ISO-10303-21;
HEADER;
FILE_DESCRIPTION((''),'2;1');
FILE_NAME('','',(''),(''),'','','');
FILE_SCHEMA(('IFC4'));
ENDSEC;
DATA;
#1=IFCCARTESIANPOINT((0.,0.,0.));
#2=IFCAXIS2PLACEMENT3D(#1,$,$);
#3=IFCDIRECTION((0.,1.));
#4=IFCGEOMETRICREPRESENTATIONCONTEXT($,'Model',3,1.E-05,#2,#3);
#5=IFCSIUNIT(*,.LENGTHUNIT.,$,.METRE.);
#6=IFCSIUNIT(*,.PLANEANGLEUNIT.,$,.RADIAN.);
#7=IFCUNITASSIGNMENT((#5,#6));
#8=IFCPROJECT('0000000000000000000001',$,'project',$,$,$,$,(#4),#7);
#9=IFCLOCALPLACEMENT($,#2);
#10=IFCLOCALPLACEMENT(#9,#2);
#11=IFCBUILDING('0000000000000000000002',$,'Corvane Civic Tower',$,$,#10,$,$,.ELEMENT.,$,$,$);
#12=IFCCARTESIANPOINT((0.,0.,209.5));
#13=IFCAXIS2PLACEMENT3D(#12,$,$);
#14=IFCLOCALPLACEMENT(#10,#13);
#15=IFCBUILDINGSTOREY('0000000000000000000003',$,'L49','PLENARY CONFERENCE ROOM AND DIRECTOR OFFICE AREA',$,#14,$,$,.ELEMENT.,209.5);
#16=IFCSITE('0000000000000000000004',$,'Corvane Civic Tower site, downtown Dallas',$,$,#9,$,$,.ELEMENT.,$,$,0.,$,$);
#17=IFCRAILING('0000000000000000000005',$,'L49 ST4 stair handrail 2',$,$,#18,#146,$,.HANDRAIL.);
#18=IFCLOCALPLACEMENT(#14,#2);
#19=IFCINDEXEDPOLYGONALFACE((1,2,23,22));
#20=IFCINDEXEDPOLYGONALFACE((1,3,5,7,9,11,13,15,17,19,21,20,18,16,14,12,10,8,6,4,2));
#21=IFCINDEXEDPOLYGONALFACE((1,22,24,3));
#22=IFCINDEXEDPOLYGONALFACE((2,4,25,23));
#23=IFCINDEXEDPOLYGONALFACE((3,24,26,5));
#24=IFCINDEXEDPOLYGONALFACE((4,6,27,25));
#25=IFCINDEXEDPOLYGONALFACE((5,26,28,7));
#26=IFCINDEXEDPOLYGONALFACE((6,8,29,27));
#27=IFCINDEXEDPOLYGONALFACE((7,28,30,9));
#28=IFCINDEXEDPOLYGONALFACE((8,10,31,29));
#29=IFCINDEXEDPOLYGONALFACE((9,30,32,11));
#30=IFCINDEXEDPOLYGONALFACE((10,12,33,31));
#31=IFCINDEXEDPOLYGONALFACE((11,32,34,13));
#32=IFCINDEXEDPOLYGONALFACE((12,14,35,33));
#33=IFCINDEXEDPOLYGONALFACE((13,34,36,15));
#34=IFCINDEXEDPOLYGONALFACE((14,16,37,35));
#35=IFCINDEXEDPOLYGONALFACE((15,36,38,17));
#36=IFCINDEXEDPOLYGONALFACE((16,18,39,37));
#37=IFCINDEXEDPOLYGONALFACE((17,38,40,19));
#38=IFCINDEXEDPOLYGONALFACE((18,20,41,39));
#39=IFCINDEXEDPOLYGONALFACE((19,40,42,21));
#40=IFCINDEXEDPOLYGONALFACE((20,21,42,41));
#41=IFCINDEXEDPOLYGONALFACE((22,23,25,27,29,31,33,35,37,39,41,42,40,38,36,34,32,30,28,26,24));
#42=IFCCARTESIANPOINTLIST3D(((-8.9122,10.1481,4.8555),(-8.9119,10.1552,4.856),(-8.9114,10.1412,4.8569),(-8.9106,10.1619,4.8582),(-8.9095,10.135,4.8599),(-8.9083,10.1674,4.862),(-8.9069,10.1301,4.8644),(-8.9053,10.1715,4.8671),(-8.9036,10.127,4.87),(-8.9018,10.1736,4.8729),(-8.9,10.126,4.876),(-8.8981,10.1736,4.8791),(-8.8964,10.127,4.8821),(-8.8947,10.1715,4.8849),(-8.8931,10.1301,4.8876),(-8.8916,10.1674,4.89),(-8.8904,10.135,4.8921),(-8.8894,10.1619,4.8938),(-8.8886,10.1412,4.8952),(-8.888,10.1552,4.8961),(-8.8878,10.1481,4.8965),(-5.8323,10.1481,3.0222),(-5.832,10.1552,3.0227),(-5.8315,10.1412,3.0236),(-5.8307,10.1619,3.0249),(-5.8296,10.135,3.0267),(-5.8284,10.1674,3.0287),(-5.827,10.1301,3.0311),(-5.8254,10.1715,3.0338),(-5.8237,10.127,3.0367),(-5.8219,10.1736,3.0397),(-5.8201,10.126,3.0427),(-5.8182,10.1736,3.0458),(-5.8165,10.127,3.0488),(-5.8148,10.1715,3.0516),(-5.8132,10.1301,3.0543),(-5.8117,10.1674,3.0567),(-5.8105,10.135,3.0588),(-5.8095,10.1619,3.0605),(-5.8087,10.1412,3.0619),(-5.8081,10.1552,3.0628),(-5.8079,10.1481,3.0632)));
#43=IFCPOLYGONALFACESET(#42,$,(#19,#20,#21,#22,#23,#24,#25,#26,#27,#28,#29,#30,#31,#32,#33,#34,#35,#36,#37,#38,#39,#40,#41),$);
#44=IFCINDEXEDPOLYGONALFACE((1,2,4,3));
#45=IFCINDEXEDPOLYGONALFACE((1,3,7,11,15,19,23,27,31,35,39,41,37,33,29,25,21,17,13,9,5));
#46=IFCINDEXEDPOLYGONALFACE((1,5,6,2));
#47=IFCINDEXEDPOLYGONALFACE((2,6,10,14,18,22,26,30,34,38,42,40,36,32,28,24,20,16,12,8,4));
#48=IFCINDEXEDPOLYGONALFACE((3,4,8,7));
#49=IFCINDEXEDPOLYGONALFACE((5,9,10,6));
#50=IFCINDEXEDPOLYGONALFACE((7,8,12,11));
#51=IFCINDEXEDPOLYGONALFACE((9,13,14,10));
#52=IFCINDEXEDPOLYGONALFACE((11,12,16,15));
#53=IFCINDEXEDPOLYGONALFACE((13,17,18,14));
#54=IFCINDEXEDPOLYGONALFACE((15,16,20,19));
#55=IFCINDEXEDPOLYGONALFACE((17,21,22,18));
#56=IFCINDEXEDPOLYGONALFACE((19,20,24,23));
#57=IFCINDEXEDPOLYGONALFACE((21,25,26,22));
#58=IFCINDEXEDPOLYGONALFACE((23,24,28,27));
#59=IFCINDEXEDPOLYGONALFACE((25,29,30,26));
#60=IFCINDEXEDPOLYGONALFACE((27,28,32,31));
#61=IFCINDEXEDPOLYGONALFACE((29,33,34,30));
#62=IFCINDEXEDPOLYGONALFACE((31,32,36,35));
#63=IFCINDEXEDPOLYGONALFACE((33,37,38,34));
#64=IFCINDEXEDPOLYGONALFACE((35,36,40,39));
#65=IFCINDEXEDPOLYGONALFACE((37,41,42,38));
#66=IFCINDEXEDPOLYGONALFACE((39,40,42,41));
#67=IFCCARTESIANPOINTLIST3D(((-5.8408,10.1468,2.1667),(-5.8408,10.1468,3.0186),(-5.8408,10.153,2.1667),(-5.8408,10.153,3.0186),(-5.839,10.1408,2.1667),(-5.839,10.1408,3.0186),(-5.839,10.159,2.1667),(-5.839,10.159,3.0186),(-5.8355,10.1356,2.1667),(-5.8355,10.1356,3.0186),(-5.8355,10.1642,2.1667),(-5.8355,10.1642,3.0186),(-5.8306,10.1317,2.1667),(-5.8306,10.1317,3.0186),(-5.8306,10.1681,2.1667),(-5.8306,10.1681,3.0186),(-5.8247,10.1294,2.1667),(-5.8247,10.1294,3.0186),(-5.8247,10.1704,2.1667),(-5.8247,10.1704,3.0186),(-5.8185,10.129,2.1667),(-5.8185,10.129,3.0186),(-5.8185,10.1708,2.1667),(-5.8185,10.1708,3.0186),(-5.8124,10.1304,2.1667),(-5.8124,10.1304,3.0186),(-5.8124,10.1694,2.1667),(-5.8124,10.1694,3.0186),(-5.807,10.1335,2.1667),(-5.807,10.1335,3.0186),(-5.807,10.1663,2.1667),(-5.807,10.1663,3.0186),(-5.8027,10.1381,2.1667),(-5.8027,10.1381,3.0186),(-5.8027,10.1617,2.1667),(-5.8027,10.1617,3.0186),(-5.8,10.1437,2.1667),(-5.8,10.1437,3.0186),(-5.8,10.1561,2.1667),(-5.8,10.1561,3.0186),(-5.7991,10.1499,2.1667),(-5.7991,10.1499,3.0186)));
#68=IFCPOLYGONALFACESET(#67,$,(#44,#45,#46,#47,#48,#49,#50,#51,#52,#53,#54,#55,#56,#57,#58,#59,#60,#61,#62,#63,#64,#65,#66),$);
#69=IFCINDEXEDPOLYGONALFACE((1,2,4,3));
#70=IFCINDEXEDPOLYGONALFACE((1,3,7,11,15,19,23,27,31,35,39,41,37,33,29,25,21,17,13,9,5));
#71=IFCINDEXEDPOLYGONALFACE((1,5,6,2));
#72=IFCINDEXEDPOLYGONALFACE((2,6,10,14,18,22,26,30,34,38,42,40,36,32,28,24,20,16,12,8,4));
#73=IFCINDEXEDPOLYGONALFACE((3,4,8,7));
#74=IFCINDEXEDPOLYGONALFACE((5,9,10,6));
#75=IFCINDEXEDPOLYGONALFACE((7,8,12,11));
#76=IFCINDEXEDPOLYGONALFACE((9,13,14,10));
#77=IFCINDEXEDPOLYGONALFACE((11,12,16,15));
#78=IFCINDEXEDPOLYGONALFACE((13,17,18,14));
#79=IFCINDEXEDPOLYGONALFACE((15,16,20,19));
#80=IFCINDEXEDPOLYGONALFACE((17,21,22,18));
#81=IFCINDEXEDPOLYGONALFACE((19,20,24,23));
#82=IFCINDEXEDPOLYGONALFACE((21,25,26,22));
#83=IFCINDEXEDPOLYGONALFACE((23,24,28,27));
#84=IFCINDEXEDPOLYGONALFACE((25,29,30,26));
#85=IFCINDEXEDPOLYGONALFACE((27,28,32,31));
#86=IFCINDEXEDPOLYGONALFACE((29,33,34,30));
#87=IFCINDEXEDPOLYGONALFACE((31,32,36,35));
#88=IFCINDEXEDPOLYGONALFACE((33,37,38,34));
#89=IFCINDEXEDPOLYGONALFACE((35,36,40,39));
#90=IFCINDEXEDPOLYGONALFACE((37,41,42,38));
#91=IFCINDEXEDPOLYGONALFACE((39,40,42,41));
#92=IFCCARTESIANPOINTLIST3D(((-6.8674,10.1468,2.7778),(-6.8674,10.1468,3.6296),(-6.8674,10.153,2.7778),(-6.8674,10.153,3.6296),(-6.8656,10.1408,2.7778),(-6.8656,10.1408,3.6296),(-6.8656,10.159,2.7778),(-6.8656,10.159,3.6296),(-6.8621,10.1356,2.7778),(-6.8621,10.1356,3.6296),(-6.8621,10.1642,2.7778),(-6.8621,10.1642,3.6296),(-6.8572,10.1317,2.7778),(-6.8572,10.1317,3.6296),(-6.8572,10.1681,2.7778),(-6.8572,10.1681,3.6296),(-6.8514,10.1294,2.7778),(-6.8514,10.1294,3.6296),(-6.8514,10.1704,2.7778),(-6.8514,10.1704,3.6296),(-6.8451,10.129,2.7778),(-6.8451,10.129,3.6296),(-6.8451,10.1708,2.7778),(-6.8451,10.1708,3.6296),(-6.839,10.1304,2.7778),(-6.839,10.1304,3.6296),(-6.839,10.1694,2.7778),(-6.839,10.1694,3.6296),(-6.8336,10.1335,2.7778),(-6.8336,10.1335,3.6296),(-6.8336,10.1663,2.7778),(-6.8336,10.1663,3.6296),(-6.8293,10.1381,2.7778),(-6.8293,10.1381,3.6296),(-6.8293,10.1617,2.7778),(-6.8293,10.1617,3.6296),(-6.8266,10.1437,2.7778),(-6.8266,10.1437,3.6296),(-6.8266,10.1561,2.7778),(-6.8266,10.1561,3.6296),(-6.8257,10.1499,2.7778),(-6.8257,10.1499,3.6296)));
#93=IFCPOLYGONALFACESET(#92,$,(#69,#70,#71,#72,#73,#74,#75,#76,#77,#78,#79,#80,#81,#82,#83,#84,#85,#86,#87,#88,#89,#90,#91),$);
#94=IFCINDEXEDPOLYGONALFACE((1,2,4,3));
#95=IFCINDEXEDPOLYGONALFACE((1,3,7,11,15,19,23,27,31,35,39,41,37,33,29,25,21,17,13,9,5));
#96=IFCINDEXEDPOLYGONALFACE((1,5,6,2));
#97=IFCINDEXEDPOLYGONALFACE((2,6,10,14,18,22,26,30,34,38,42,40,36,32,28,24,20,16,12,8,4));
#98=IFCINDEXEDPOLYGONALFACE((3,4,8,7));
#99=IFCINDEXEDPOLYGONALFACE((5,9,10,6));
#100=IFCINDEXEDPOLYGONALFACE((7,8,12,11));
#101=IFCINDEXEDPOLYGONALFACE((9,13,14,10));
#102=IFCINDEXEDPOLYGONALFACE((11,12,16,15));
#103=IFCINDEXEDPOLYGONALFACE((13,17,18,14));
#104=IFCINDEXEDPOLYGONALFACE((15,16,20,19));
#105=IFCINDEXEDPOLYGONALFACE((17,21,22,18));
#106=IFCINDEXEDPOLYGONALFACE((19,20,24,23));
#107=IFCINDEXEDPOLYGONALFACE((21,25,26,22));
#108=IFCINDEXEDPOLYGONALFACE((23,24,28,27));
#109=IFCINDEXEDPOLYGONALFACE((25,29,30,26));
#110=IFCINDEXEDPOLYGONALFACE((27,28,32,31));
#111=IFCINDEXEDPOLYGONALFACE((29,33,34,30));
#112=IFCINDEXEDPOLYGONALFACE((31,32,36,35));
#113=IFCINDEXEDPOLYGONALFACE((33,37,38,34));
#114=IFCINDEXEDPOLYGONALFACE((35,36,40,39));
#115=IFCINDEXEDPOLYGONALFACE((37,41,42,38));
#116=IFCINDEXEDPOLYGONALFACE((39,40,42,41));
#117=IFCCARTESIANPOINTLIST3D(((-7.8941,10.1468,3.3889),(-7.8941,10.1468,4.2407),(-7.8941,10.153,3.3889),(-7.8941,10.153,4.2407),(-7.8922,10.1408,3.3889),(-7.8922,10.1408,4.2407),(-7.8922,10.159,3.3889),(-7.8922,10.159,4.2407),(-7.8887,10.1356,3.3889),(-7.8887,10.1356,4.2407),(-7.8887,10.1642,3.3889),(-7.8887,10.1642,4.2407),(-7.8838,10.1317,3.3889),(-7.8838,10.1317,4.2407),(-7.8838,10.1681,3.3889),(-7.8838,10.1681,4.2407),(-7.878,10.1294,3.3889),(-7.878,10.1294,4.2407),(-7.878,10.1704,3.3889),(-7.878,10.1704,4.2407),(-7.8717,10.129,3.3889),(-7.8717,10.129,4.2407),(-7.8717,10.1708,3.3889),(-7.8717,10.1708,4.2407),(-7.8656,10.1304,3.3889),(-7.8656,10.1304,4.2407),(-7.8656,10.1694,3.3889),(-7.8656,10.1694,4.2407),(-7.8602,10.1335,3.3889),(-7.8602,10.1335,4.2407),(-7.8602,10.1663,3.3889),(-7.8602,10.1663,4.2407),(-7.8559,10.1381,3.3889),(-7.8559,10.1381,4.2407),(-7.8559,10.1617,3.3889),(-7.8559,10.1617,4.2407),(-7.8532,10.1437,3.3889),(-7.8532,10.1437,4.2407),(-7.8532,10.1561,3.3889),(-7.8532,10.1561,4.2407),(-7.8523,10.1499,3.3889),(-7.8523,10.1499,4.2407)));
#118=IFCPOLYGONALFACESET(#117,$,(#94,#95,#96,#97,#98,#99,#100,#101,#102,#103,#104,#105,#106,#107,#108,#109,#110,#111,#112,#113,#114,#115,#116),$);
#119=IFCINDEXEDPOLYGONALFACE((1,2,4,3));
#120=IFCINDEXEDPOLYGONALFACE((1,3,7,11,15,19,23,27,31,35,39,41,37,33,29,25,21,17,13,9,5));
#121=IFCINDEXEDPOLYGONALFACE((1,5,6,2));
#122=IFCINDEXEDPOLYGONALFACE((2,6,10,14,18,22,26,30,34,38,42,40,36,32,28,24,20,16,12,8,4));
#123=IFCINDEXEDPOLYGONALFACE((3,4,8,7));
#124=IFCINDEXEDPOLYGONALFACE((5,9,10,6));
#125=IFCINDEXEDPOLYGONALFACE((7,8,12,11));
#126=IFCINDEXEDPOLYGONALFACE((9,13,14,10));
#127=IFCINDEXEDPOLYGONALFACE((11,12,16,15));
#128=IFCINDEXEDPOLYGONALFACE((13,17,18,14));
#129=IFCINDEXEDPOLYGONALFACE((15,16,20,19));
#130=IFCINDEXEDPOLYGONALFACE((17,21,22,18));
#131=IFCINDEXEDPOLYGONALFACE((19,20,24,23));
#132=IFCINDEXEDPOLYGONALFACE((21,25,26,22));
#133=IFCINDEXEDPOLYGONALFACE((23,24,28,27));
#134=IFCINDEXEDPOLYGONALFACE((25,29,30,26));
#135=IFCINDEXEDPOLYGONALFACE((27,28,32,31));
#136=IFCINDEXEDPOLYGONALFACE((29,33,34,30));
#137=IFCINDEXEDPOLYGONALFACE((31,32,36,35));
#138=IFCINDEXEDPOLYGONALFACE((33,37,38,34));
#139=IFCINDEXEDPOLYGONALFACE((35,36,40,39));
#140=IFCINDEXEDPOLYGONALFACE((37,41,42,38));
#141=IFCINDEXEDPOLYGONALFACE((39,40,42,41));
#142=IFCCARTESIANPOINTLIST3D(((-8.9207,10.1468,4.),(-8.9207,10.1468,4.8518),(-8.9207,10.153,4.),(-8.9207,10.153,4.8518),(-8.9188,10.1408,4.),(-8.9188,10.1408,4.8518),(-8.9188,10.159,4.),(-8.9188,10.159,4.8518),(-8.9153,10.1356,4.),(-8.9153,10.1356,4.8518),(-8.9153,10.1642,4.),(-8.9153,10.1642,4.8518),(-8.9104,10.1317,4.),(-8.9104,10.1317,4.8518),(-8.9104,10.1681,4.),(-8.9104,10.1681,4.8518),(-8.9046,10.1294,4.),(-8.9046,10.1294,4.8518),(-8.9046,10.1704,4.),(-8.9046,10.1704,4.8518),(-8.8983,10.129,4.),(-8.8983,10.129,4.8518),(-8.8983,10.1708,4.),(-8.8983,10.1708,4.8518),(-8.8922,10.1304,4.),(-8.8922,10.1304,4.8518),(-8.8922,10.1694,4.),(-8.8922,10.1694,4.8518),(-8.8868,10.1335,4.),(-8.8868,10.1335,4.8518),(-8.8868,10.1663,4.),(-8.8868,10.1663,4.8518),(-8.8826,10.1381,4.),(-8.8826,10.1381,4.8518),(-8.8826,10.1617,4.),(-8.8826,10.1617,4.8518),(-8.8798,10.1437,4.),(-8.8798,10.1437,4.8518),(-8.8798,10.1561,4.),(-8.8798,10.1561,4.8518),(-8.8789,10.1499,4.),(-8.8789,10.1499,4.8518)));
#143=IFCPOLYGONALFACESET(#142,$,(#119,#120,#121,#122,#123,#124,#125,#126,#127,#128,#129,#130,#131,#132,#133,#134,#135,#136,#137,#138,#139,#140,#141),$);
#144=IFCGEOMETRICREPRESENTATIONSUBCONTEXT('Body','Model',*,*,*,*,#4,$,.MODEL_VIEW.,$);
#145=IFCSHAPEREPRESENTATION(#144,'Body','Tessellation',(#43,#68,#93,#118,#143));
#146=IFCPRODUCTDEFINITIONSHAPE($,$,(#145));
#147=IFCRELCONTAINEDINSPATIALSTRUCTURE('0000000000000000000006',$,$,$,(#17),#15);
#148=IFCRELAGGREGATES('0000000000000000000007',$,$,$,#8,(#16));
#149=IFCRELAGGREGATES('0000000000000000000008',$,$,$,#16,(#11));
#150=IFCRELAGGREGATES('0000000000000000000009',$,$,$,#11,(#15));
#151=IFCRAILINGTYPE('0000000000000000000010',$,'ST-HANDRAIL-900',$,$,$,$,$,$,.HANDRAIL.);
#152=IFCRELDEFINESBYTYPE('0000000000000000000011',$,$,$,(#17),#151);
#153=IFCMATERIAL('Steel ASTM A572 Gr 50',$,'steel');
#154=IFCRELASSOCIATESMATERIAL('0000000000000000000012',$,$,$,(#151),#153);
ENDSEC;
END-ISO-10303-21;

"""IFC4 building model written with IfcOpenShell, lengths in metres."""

from ifc_helpers import new_model, si_unit, direction, frame, origin, origin_2d, place, context, subcontext, project, spatial, circle, extrude, material, type_object, element, save


model = new_model("IFC4")

# Units and contexts
model_context = context("Model", 3, precision=1e-05, world=origin(), true_north=direction((0.0, 1.0)))
body_context = subcontext(model_context, "Body", "Model", "MODEL_VIEW")
ifc_project = project(units=[si_unit("LENGTHUNIT", "METRE"), si_unit("PLANEANGLEUNIT", "RADIAN")], contexts=[model_context])

# Site, building, storey
site_placement = place(None, origin())
site = spatial("IfcSite", under=ifc_project, at=site_placement, Name="Corvane Civic Tower site, downtown Dallas", CompositionType="ELEMENT", RefElevation=0.0)
building_placement = place(site_placement, origin())
building = spatial("IfcBuilding", under=site, at=building_placement, Name="Corvane Civic Tower", CompositionType="ELEMENT")
storey_placement = place(building_placement, frame((0.0, 0.0, 209.5)))
storey = spatial("IfcBuildingStorey", under=building, at=storey_placement, Name="L49", Description="PLENARY CONFERENCE ROOM AND DIRECTOR OFFICE AREA", CompositionType="ELEMENT", Elevation=209.5)

# Railing
ifc_material_1 = material(Name="Steel ASTM A572 Gr 50", Category="steel")
railing_type_1 = type_object("IfcRailingType", Name="ST-HANDRAIL-900", PredefinedType="HANDRAIL", material=ifc_material_1)
railing_1_placement = place(storey_placement, frame((-5.8201, 10.1499, 2.1667)))
element("IfcRailing", 1, at=railing_1_placement, inside=storey, type_object=railing_type_1, Name="L49 ST4 stair handrail 2", PredefinedType="HANDRAIL", context=body_context, shape_type="SweptSolid", body=[
    extrude(circle(Radius=0.0239, at=origin_2d()), frame((0.0, 0.0, 0.876), z_axis=(-0.859291, 0.0, 0.511487), x_axis=(0.0, -1.0, 0.0)), (0.0, 0.0, 1.0), 3.5842),
    extrude(circle(Radius=0.021, at=origin_2d()), origin(), (0.0, 0.0, 1.0), 0.8518),
    extrude(circle(Radius=0.021, at=origin_2d()), frame((-1.0266, 0.0, 0.6111)), (0.0, 0.0, 1.0), 0.8518),
    extrude(circle(Radius=0.021, at=origin_2d()), frame((-2.0532, 0.0, 1.2222)), (0.0, 0.0, 1.0), 0.8518),
    extrude(circle(Radius=0.021, at=origin_2d()), frame((-3.0798, 0.0, 1.8333)), (0.0, 0.0, 1.0), 0.8518),
])

save(model, "model.ifc")
